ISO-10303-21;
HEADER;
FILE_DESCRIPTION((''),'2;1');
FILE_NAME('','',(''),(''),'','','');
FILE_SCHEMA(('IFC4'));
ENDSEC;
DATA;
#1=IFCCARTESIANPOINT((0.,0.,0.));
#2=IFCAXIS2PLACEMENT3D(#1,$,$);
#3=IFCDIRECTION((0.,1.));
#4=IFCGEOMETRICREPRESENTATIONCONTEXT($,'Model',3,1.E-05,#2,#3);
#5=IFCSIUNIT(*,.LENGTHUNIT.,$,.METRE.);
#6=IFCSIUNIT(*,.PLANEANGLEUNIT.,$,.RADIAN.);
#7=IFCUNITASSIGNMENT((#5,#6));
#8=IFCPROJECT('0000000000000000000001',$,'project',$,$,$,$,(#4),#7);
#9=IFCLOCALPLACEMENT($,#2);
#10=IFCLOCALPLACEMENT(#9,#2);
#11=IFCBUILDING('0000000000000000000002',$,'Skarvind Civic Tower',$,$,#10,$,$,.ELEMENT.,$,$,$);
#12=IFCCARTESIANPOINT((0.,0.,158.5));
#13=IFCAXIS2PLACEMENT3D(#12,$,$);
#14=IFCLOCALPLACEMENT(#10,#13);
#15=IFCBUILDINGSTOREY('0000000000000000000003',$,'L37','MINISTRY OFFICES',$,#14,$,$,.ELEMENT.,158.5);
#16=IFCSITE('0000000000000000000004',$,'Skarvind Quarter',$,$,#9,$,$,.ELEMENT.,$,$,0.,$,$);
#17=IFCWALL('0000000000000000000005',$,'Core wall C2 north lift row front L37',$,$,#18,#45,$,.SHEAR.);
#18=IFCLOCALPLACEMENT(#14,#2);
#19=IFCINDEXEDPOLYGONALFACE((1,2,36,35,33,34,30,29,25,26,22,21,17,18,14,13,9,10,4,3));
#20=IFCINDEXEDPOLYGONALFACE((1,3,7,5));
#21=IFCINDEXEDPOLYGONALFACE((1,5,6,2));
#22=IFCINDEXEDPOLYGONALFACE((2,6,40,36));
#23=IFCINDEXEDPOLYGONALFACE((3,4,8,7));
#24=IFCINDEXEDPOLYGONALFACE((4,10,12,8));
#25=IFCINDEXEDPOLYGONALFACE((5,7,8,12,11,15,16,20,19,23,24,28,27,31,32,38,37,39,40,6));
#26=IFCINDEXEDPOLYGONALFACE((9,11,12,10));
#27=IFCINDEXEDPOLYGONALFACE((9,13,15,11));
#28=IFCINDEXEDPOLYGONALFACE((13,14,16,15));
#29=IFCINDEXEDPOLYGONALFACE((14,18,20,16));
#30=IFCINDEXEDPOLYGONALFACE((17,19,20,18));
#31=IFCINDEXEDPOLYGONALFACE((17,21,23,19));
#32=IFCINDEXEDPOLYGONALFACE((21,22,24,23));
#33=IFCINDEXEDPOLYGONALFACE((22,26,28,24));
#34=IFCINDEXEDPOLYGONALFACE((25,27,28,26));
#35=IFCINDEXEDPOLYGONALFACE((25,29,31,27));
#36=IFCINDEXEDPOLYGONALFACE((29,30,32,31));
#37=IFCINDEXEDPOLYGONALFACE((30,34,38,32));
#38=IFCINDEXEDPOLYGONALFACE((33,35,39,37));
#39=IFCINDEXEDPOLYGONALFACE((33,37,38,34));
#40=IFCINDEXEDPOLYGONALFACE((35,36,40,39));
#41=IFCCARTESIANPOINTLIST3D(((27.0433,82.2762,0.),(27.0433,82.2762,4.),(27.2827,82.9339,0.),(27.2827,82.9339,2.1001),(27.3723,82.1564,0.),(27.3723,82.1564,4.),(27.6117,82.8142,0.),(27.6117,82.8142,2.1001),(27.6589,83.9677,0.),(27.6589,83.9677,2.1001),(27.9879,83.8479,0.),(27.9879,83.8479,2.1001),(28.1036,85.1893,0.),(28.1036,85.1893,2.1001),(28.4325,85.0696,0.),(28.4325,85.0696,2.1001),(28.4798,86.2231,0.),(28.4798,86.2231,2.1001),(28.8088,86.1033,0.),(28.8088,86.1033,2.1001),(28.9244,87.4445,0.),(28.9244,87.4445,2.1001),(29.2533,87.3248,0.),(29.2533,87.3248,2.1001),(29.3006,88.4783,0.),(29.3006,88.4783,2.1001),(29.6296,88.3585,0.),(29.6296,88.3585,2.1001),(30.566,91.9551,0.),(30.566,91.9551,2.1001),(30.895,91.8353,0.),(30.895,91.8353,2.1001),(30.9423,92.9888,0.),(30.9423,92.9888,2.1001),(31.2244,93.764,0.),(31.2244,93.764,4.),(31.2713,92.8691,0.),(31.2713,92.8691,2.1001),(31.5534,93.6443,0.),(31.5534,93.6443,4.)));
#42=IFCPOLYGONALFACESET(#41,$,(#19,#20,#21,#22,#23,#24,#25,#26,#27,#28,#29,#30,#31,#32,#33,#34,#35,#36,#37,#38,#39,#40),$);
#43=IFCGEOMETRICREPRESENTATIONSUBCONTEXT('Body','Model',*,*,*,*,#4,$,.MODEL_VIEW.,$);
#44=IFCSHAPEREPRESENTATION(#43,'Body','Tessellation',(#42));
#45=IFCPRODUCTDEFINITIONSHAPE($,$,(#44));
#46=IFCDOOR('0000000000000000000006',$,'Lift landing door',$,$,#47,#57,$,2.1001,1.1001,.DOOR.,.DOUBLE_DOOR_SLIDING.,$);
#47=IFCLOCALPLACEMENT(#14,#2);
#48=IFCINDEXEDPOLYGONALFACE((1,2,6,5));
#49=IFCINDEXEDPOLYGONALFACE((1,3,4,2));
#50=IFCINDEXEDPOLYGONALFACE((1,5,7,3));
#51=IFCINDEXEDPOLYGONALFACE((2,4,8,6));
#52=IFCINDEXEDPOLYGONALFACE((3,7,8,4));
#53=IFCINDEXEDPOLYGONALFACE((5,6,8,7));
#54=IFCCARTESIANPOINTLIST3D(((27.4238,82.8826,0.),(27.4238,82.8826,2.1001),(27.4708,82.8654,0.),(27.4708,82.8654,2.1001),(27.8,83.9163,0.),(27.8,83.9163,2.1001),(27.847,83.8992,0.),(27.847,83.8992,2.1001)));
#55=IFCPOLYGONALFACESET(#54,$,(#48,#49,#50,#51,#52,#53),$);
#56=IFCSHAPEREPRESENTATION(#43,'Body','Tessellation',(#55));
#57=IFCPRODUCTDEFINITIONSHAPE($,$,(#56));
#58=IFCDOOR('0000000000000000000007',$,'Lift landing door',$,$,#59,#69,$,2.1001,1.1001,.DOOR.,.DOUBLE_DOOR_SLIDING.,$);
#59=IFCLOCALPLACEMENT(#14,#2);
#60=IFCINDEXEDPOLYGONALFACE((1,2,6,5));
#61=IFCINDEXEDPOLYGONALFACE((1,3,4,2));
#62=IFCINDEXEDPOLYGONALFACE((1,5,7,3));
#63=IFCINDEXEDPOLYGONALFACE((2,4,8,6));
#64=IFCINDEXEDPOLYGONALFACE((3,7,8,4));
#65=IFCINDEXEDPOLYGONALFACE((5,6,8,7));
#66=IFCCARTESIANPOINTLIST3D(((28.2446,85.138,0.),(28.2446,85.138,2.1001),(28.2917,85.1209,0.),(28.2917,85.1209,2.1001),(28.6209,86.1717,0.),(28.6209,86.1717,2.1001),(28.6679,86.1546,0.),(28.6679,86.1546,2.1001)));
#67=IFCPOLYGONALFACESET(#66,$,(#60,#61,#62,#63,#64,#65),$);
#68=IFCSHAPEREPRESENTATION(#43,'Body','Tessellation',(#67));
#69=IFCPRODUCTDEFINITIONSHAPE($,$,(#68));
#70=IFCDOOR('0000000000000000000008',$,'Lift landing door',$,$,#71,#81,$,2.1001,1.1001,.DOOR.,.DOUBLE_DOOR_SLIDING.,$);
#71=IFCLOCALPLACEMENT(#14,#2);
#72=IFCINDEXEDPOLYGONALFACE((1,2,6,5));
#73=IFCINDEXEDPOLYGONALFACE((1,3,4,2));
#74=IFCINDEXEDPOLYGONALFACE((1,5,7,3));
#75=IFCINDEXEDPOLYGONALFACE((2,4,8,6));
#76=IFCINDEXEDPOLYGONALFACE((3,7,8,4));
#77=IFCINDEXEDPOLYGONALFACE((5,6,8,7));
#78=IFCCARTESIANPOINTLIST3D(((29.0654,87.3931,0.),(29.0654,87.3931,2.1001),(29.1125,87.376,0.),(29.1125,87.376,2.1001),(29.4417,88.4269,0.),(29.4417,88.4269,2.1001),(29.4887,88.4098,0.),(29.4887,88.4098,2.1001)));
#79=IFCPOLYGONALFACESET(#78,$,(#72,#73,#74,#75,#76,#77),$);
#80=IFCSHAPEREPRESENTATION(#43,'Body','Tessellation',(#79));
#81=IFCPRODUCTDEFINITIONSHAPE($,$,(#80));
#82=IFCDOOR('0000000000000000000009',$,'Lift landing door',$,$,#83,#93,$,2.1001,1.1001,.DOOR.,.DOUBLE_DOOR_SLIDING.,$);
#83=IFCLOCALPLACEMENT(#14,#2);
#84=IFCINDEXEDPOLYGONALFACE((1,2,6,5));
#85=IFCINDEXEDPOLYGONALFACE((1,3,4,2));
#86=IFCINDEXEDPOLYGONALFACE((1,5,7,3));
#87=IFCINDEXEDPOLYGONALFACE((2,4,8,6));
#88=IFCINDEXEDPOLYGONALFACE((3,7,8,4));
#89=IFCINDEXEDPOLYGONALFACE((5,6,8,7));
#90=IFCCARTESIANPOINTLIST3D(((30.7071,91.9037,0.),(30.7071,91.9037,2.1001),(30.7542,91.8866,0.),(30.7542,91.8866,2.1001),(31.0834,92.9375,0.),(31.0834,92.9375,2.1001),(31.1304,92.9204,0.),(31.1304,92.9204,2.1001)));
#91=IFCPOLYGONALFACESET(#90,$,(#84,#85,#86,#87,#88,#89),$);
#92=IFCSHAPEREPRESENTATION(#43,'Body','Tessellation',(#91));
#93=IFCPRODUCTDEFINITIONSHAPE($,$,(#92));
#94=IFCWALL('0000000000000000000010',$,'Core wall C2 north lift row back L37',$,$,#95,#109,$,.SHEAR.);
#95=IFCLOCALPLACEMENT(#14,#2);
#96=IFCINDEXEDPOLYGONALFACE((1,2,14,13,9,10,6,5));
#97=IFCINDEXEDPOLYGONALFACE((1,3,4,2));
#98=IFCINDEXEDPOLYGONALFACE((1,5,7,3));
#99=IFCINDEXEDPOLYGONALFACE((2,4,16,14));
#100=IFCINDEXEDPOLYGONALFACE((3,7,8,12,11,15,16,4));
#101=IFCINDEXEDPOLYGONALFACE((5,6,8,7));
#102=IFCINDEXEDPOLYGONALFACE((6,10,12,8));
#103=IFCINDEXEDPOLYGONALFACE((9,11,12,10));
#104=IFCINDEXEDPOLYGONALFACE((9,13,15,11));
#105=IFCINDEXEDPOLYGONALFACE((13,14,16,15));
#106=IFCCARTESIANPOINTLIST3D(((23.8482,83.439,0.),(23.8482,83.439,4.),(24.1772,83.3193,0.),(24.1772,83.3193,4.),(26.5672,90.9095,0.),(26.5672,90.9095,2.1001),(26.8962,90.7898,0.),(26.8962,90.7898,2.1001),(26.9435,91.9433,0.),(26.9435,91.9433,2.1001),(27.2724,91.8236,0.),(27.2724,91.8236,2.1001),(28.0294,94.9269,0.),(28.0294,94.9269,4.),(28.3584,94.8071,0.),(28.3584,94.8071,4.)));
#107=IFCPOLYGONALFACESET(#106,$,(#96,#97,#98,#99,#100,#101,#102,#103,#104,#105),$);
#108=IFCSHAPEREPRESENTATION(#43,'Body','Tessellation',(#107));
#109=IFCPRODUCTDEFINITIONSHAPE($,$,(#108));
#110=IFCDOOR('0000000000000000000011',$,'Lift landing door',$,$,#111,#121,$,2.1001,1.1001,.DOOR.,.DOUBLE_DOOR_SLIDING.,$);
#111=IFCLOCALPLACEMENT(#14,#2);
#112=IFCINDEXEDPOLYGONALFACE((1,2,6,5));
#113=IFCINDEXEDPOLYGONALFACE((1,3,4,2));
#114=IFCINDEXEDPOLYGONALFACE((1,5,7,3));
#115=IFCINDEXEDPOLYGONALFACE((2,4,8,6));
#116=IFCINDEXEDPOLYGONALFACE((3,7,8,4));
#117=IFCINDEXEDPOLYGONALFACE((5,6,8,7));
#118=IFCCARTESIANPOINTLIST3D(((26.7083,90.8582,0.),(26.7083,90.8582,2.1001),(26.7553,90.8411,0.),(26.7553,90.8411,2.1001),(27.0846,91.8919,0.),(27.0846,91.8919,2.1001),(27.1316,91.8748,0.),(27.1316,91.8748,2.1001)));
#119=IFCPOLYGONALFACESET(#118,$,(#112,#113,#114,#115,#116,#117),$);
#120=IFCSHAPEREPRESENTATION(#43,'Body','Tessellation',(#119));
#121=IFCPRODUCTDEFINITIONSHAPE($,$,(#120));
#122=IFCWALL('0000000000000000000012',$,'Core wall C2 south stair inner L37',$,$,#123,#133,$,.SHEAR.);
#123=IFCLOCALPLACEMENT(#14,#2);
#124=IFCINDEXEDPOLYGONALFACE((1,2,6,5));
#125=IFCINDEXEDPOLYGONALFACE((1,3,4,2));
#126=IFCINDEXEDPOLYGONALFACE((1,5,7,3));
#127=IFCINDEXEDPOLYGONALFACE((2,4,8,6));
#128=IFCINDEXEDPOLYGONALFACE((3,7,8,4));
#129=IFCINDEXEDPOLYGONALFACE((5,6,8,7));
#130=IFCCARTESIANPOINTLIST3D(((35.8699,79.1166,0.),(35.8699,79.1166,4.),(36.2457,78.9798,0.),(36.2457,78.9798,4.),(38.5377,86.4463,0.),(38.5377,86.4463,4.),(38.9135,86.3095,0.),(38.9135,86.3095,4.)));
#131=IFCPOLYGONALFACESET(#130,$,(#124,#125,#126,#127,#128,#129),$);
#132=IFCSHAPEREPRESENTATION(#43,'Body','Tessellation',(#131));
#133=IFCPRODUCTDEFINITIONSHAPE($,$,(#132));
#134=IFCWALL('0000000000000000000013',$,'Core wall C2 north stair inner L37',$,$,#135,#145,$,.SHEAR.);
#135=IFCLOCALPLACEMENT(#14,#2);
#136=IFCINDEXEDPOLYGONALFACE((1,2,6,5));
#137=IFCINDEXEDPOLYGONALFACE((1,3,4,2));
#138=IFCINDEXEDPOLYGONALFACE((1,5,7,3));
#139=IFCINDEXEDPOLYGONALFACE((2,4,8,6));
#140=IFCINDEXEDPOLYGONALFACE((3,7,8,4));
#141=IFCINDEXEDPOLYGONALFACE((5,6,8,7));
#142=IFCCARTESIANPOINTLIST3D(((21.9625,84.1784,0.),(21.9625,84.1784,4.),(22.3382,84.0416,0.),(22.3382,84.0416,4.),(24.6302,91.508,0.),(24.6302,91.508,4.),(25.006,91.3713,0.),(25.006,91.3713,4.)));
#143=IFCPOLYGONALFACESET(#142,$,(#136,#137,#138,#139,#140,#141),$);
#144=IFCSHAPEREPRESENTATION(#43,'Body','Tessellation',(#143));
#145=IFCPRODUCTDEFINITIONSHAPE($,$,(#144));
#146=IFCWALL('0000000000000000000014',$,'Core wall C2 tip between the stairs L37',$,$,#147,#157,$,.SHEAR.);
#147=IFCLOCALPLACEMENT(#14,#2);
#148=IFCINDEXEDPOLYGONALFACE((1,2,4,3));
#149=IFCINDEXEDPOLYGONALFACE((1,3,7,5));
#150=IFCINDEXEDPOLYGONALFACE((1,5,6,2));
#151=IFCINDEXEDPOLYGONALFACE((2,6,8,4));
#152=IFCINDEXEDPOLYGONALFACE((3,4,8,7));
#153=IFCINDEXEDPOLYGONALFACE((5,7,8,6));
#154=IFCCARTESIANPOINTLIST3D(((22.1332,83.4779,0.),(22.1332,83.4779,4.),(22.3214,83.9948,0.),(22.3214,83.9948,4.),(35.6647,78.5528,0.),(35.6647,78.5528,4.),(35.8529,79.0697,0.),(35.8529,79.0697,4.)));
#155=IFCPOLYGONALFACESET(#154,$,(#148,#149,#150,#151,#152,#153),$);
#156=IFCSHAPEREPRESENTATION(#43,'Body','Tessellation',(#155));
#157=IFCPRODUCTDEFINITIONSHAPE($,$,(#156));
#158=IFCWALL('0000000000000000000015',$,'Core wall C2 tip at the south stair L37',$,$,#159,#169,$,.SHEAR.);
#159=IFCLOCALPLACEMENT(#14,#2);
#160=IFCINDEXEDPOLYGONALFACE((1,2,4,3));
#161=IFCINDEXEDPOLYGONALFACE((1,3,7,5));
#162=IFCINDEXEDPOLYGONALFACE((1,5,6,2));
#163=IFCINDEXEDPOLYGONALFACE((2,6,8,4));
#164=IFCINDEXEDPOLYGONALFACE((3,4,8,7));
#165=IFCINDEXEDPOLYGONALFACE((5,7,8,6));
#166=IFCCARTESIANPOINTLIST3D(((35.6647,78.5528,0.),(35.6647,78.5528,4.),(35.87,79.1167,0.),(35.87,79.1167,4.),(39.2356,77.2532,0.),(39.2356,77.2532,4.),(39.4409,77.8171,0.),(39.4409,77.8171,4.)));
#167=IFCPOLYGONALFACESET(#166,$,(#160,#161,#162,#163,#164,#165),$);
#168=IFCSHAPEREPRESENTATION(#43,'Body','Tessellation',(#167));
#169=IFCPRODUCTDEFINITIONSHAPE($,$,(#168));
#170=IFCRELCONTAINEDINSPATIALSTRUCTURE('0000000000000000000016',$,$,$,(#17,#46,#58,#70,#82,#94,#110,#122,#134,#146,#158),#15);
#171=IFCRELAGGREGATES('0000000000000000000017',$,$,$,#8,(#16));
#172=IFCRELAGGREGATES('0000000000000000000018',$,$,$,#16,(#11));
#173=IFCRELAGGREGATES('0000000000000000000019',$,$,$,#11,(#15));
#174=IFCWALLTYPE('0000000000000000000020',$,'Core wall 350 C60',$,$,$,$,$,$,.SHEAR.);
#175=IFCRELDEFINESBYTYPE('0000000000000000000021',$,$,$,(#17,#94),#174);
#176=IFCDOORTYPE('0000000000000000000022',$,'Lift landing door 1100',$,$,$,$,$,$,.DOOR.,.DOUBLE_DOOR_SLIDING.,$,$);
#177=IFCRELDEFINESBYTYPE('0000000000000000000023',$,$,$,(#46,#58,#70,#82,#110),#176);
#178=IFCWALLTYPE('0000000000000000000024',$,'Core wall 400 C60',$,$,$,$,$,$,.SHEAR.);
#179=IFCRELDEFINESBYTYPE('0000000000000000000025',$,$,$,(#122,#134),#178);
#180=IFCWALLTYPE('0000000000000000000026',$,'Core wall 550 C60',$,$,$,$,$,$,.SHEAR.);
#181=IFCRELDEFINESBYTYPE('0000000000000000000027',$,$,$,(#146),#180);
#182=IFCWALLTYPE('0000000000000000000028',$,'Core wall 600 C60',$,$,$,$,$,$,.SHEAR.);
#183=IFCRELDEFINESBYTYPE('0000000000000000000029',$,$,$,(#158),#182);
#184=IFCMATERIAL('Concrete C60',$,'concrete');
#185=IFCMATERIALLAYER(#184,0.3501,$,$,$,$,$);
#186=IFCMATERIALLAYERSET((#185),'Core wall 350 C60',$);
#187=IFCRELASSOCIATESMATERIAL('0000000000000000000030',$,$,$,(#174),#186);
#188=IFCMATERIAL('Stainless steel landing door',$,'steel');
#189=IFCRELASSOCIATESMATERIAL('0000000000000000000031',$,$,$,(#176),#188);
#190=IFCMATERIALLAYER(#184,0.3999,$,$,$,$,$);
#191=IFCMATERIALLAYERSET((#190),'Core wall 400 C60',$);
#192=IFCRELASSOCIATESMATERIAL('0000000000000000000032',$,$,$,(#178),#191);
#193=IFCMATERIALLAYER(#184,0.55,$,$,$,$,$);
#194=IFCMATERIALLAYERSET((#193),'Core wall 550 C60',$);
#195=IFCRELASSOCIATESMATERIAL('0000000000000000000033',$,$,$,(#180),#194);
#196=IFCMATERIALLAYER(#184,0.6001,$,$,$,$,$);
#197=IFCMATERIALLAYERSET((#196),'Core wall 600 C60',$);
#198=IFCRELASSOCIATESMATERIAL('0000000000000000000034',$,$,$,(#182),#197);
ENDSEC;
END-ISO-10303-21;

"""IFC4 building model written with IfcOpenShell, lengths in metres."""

from ifc_helpers import new_model, si_unit, direction, frame, frame_2d, origin, place, context, subcontext, project, spatial, rectangle, extrude, material, layer, layer_set, type_object, element, fill, save


model = new_model("IFC4")

# Units and contexts
model_context = context("Model", 3, precision=1e-05, world=origin(), true_north=direction((0.0, 1.0)))
body_context = subcontext(model_context, "Body", "Model", "MODEL_VIEW")
ifc_project = project(units=[si_unit("LENGTHUNIT", "METRE"), si_unit("PLANEANGLEUNIT", "RADIAN")], contexts=[model_context])

# Site, building, storey
site_placement = place(None, origin())
site = spatial("IfcSite", under=ifc_project, at=site_placement, Name="Skarvind Quarter", CompositionType="ELEMENT", RefElevation=0.0)
building_placement = place(site_placement, origin())
building = spatial("IfcBuilding", under=site, at=building_placement, Name="Skarvind Civic Tower", CompositionType="ELEMENT")
storey_placement = place(building_placement, frame((0.0, 0.0, 158.5)))
storey = spatial("IfcBuildingStorey", under=building, at=storey_placement, Name="L37", Description="MINISTRY OFFICES", CompositionType="ELEMENT", Elevation=158.5)

# Shared definitions
ifc_material_1 = material(Name="Concrete C60", Category="concrete")
ifc_layer_1 = layer(ifc_material_1, 0.3501)
ifc_layer_set_1 = layer_set([ifc_layer_1], Name="Core wall 350 C60")
wall_type_1 = type_object("IfcWallType", Name="Core wall 350 C60", PredefinedType="SHEAR", material=ifc_layer_set_1)

# Wall, openings, doors
wall_1_placement = place(storey_placement, frame((27.2078, 82.2163, 0.0), z_axis=(0.0, 0.0, 1.0), x_axis=(0.342016, 0.939694, 0.0)))
wall_1 = element("IfcWall", 1, at=wall_1_placement, inside=storey, type_object=wall_type_1, Name="Core wall C2 north lift row front L37", PredefinedType="SHEAR", context=body_context, shape_type="SweptSolid", body=[
    extrude(rectangle(XDim=12.2251, YDim=0.3501, at=frame_2d((6.1125, 0.0))), origin(), (0.0, 0.0, 1.0), 4.0),
])
opening_1_placement = place(wall_1_placement, frame((0.7, 0.0, 0.0)))
opening_1 = element("IfcOpeningElement", 2, at=opening_1_placement, cuts=wall_1, PredefinedType="OPENING", context=body_context, shape_type="SweptSolid", body=[
    extrude(rectangle(XDim=1.1001, YDim=2.1001, at=frame_2d((0.55, 1.05))), frame((0.0, 0.1851, 0.0), z_axis=(0.0, -1.0, 0.0), x_axis=(1.0, 0.0, 0.0)), (0.0, 0.0, 1.0), 0.3701),
])
opening_2_placement = place(wall_1_placement, frame((3.1001, 0.0, 0.0)))
opening_2 = element("IfcOpeningElement", 3, at=opening_2_placement, cuts=wall_1, PredefinedType="OPENING", context=body_context, shape_type="SweptSolid", body=[
    extrude(rectangle(XDim=1.1001, YDim=2.1001, at=frame_2d((0.55, 1.05))), frame((0.0, 0.1851, 0.0), z_axis=(0.0, -1.0, 0.0), x_axis=(1.0, 0.0, 0.0)), (0.0, 0.0, 1.0), 0.3701),
])
opening_3_placement = place(wall_1_placement, frame((5.5, 0.0, 0.0)))
opening_3 = element("IfcOpeningElement", 4, at=opening_3_placement, cuts=wall_1, PredefinedType="OPENING", context=body_context, shape_type="SweptSolid", body=[
    extrude(rectangle(XDim=1.1001, YDim=2.1001, at=frame_2d((0.55, 1.05))), frame((0.0, 0.1851, 0.0), z_axis=(0.0, -1.0, 0.0), x_axis=(1.0, 0.0, 0.0)), (0.0, 0.0, 1.0), 0.3701),
])
opening_4_placement = place(wall_1_placement, frame((10.3, 0.0, 0.0)))
opening_4 = element("IfcOpeningElement", 5, at=opening_4_placement, cuts=wall_1, PredefinedType="OPENING", context=body_context, shape_type="SweptSolid", body=[
    extrude(rectangle(XDim=1.1001, YDim=2.1001, at=frame_2d((0.55, 1.05))), frame((0.0, 0.1851, 0.0), z_axis=(0.0, -1.0, 0.0), x_axis=(1.0, 0.0, 0.0)), (0.0, 0.0, 1.0), 0.3701),
])
ifc_material_2 = material(Name="Stainless steel landing door", Category="steel")
door_type_1 = type_object("IfcDoorType", Name="Lift landing door 1100", OperationType="DOUBLE_DOOR_SLIDING", PredefinedType="DOOR", material=ifc_material_2)
door_1_placement = place(opening_1_placement, origin())
door_1 = element("IfcDoor", 6, at=door_1_placement, inside=storey, type_object=door_type_1, Name="Lift landing door", OperationType="DOUBLE_DOOR_SLIDING", OverallHeight=2.1001, OverallWidth=1.1001, PredefinedType="DOOR", context=body_context, shape_type="SweptSolid", body=[
    extrude(rectangle(XDim=1.1001, YDim=2.1001, at=frame_2d((0.55, 1.05))), frame((0.0, 0.0249, 0.0), z_axis=(0.0, -1.0, 0.0), x_axis=(1.0, 0.0, 0.0)), (0.0, 0.0, 1.0), 0.05),
])
fill(opening_1, door_1)
door_2_placement = place(opening_2_placement, origin())
door_2 = element("IfcDoor", 7, at=door_2_placement, inside=storey, type_object=door_type_1, Name="Lift landing door", OperationType="DOUBLE_DOOR_SLIDING", OverallHeight=2.1001, OverallWidth=1.1001, PredefinedType="DOOR", context=body_context, shape_type="SweptSolid", body=[
    extrude(rectangle(XDim=1.1001, YDim=2.1001, at=frame_2d((0.55, 1.05))), frame((0.0, 0.0249, 0.0), z_axis=(0.0, -1.0, 0.0), x_axis=(1.0, 0.0, 0.0)), (0.0, 0.0, 1.0), 0.05),
])
fill(opening_2, door_2)
door_3_placement = place(opening_3_placement, origin())
door_3 = element("IfcDoor", 8, at=door_3_placement, inside=storey, type_object=door_type_1, Name="Lift landing door", OperationType="DOUBLE_DOOR_SLIDING", OverallHeight=2.1001, OverallWidth=1.1001, PredefinedType="DOOR", context=body_context, shape_type="SweptSolid", body=[
    extrude(rectangle(XDim=1.1001, YDim=2.1001, at=frame_2d((0.55, 1.05))), frame((0.0, 0.0249, 0.0), z_axis=(0.0, -1.0, 0.0), x_axis=(1.0, 0.0, 0.0)), (0.0, 0.0, 1.0), 0.05),
])
fill(opening_3, door_3)
door_4_placement = place(opening_4_placement, origin())
door_4 = element("IfcDoor", 9, at=door_4_placement, inside=storey, type_object=door_type_1, Name="Lift landing door", OperationType="DOUBLE_DOOR_SLIDING", OverallHeight=2.1001, OverallWidth=1.1001, PredefinedType="DOOR", context=body_context, shape_type="SweptSolid", body=[
    extrude(rectangle(XDim=1.1001, YDim=2.1001, at=frame_2d((0.55, 1.05))), frame((0.0, 0.0249, 0.0), z_axis=(0.0, -1.0, 0.0), x_axis=(1.0, 0.0, 0.0)), (0.0, 0.0, 1.0), 0.05),
])
fill(opening_4, door_4)

# Wall, opening, door
wall_2_placement = place(storey_placement, frame((24.0127, 83.3792, 0.0), z_axis=(0.0, 0.0, 1.0), x_axis=(0.342016, 0.939694, 0.0)))
wall_2 = element("IfcWall", 10, at=wall_2_placement, inside=storey, type_object=wall_type_1, Name="Core wall C2 north lift row back L37", PredefinedType="SHEAR", context=body_context, shape_type="SweptSolid", body=[
    extrude(rectangle(XDim=12.2251, YDim=0.3501, at=frame_2d((6.1125, 0.0))), origin(), (0.0, 0.0, 1.0), 4.0),
])
opening_5_placement = place(wall_2_placement, frame((7.95, 0.0, 0.0)))
opening_5 = element("IfcOpeningElement", 11, at=opening_5_placement, cuts=wall_2, PredefinedType="OPENING", context=body_context, shape_type="SweptSolid", body=[
    extrude(rectangle(XDim=1.1001, YDim=2.1001, at=frame_2d((0.55, 1.05))), frame((0.0, 0.1851, 0.0), z_axis=(0.0, -1.0, 0.0), x_axis=(1.0, 0.0, 0.0)), (0.0, 0.0, 1.0), 0.3701),
])
door_5_placement = place(opening_5_placement, origin())
door_5 = element("IfcDoor", 12, at=door_5_placement, inside=storey, type_object=door_type_1, Name="Lift landing door", OperationType="DOUBLE_DOOR_SLIDING", OverallHeight=2.1001, OverallWidth=1.1001, PredefinedType="DOOR", context=body_context, shape_type="SweptSolid", body=[
    extrude(rectangle(XDim=1.1001, YDim=2.1001, at=frame_2d((0.55, 1.05))), frame((0.0, 0.0249, 0.0), z_axis=(0.0, -1.0, 0.0), x_axis=(1.0, 0.0, 0.0)), (0.0, 0.0, 1.0), 0.05),
])
fill(opening_5, door_5)

# Walls
ifc_layer_2 = layer(ifc_material_1, 0.3999)
ifc_layer_set_2 = layer_set([ifc_layer_2], Name="Core wall 400 C60")
wall_type_2 = type_object("IfcWallType", Name="Core wall 400 C60", PredefinedType="SHEAR", material=ifc_layer_set_2)
for number, where, z_axis, x_axis, name in (
    (13, (36.0579, 79.0483, 0.0), (0.0, 0.0, 1.0), (0.342017, 0.939694, 0.0), "Core wall C2 south stair inner L37"),
    (14, (22.1504, 84.1101, 0.0), (0.0, 0.0, 1.0), (0.342017, 0.939694, 0.0), "Core wall C2 north stair inner L37"),
):
    element("IfcWall", number, at=place(storey_placement, frame(where, z_axis=z_axis, x_axis=x_axis)), inside=storey, type_object=wall_type_2, Name=name, PredefinedType="SHEAR", context=body_context, shape_type="SweptSolid", body=[
        extrude(rectangle(XDim=7.8, YDim=0.3999, at=frame_2d((3.8999, 0.0))), origin(), (0.0, 0.0, 1.0), 4.0),
    ])
ifc_layer_3 = layer(ifc_material_1, 0.55)
ifc_layer_set_3 = layer_set([ifc_layer_3], Name="Core wall 550 C60")
wall_type_3 = type_object("IfcWallType", Name="Core wall 550 C60", PredefinedType="SHEAR", material=ifc_layer_set_3)
wall_3_placement = place(storey_placement, frame((35.7588, 78.8113, 0.0), z_axis=(0.0, 0.0, 1.0), x_axis=(-0.939693, 0.342019, 0.0)))
element("IfcWall", 15, at=wall_3_placement, inside=storey, type_object=wall_type_3, Name="Core wall C2 tip between the stairs L37", PredefinedType="SHEAR", context=body_context, shape_type="SweptSolid", body=[
    extrude(rectangle(XDim=14.3999, YDim=0.55, at=frame_2d((7.2, 0.0))), origin(), (0.0, 0.0, 1.0), 4.0),
])
ifc_layer_4 = layer(ifc_material_1, 0.6001)
ifc_layer_set_4 = layer_set([ifc_layer_4], Name="Core wall 600 C60")
wall_type_4 = type_object("IfcWallType", Name="Core wall 600 C60", PredefinedType="SHEAR", material=ifc_layer_set_4)
for number, where, z_axis, x_axis, name in (
    (16, (39.3381, 77.5352, 0.0), (0.0, 0.0, 1.0), (-0.939701, 0.341996, 0.0), "Core wall C2 tip at the south stair L37"),
):
    element("IfcWall", number, at=place(storey_placement, frame(where, z_axis=z_axis, x_axis=x_axis)), inside=storey, type_object=wall_type_4, Name=name, PredefinedType="SHEAR", context=body_context, shape_type="SweptSolid", body=[
        extrude(rectangle(XDim=3.8, YDim=0.6001, at=frame_2d((1.8999, 0.0))), origin(), (0.0, 0.0, 1.0), 4.0),
    ])

save(model, "model.ifc")
